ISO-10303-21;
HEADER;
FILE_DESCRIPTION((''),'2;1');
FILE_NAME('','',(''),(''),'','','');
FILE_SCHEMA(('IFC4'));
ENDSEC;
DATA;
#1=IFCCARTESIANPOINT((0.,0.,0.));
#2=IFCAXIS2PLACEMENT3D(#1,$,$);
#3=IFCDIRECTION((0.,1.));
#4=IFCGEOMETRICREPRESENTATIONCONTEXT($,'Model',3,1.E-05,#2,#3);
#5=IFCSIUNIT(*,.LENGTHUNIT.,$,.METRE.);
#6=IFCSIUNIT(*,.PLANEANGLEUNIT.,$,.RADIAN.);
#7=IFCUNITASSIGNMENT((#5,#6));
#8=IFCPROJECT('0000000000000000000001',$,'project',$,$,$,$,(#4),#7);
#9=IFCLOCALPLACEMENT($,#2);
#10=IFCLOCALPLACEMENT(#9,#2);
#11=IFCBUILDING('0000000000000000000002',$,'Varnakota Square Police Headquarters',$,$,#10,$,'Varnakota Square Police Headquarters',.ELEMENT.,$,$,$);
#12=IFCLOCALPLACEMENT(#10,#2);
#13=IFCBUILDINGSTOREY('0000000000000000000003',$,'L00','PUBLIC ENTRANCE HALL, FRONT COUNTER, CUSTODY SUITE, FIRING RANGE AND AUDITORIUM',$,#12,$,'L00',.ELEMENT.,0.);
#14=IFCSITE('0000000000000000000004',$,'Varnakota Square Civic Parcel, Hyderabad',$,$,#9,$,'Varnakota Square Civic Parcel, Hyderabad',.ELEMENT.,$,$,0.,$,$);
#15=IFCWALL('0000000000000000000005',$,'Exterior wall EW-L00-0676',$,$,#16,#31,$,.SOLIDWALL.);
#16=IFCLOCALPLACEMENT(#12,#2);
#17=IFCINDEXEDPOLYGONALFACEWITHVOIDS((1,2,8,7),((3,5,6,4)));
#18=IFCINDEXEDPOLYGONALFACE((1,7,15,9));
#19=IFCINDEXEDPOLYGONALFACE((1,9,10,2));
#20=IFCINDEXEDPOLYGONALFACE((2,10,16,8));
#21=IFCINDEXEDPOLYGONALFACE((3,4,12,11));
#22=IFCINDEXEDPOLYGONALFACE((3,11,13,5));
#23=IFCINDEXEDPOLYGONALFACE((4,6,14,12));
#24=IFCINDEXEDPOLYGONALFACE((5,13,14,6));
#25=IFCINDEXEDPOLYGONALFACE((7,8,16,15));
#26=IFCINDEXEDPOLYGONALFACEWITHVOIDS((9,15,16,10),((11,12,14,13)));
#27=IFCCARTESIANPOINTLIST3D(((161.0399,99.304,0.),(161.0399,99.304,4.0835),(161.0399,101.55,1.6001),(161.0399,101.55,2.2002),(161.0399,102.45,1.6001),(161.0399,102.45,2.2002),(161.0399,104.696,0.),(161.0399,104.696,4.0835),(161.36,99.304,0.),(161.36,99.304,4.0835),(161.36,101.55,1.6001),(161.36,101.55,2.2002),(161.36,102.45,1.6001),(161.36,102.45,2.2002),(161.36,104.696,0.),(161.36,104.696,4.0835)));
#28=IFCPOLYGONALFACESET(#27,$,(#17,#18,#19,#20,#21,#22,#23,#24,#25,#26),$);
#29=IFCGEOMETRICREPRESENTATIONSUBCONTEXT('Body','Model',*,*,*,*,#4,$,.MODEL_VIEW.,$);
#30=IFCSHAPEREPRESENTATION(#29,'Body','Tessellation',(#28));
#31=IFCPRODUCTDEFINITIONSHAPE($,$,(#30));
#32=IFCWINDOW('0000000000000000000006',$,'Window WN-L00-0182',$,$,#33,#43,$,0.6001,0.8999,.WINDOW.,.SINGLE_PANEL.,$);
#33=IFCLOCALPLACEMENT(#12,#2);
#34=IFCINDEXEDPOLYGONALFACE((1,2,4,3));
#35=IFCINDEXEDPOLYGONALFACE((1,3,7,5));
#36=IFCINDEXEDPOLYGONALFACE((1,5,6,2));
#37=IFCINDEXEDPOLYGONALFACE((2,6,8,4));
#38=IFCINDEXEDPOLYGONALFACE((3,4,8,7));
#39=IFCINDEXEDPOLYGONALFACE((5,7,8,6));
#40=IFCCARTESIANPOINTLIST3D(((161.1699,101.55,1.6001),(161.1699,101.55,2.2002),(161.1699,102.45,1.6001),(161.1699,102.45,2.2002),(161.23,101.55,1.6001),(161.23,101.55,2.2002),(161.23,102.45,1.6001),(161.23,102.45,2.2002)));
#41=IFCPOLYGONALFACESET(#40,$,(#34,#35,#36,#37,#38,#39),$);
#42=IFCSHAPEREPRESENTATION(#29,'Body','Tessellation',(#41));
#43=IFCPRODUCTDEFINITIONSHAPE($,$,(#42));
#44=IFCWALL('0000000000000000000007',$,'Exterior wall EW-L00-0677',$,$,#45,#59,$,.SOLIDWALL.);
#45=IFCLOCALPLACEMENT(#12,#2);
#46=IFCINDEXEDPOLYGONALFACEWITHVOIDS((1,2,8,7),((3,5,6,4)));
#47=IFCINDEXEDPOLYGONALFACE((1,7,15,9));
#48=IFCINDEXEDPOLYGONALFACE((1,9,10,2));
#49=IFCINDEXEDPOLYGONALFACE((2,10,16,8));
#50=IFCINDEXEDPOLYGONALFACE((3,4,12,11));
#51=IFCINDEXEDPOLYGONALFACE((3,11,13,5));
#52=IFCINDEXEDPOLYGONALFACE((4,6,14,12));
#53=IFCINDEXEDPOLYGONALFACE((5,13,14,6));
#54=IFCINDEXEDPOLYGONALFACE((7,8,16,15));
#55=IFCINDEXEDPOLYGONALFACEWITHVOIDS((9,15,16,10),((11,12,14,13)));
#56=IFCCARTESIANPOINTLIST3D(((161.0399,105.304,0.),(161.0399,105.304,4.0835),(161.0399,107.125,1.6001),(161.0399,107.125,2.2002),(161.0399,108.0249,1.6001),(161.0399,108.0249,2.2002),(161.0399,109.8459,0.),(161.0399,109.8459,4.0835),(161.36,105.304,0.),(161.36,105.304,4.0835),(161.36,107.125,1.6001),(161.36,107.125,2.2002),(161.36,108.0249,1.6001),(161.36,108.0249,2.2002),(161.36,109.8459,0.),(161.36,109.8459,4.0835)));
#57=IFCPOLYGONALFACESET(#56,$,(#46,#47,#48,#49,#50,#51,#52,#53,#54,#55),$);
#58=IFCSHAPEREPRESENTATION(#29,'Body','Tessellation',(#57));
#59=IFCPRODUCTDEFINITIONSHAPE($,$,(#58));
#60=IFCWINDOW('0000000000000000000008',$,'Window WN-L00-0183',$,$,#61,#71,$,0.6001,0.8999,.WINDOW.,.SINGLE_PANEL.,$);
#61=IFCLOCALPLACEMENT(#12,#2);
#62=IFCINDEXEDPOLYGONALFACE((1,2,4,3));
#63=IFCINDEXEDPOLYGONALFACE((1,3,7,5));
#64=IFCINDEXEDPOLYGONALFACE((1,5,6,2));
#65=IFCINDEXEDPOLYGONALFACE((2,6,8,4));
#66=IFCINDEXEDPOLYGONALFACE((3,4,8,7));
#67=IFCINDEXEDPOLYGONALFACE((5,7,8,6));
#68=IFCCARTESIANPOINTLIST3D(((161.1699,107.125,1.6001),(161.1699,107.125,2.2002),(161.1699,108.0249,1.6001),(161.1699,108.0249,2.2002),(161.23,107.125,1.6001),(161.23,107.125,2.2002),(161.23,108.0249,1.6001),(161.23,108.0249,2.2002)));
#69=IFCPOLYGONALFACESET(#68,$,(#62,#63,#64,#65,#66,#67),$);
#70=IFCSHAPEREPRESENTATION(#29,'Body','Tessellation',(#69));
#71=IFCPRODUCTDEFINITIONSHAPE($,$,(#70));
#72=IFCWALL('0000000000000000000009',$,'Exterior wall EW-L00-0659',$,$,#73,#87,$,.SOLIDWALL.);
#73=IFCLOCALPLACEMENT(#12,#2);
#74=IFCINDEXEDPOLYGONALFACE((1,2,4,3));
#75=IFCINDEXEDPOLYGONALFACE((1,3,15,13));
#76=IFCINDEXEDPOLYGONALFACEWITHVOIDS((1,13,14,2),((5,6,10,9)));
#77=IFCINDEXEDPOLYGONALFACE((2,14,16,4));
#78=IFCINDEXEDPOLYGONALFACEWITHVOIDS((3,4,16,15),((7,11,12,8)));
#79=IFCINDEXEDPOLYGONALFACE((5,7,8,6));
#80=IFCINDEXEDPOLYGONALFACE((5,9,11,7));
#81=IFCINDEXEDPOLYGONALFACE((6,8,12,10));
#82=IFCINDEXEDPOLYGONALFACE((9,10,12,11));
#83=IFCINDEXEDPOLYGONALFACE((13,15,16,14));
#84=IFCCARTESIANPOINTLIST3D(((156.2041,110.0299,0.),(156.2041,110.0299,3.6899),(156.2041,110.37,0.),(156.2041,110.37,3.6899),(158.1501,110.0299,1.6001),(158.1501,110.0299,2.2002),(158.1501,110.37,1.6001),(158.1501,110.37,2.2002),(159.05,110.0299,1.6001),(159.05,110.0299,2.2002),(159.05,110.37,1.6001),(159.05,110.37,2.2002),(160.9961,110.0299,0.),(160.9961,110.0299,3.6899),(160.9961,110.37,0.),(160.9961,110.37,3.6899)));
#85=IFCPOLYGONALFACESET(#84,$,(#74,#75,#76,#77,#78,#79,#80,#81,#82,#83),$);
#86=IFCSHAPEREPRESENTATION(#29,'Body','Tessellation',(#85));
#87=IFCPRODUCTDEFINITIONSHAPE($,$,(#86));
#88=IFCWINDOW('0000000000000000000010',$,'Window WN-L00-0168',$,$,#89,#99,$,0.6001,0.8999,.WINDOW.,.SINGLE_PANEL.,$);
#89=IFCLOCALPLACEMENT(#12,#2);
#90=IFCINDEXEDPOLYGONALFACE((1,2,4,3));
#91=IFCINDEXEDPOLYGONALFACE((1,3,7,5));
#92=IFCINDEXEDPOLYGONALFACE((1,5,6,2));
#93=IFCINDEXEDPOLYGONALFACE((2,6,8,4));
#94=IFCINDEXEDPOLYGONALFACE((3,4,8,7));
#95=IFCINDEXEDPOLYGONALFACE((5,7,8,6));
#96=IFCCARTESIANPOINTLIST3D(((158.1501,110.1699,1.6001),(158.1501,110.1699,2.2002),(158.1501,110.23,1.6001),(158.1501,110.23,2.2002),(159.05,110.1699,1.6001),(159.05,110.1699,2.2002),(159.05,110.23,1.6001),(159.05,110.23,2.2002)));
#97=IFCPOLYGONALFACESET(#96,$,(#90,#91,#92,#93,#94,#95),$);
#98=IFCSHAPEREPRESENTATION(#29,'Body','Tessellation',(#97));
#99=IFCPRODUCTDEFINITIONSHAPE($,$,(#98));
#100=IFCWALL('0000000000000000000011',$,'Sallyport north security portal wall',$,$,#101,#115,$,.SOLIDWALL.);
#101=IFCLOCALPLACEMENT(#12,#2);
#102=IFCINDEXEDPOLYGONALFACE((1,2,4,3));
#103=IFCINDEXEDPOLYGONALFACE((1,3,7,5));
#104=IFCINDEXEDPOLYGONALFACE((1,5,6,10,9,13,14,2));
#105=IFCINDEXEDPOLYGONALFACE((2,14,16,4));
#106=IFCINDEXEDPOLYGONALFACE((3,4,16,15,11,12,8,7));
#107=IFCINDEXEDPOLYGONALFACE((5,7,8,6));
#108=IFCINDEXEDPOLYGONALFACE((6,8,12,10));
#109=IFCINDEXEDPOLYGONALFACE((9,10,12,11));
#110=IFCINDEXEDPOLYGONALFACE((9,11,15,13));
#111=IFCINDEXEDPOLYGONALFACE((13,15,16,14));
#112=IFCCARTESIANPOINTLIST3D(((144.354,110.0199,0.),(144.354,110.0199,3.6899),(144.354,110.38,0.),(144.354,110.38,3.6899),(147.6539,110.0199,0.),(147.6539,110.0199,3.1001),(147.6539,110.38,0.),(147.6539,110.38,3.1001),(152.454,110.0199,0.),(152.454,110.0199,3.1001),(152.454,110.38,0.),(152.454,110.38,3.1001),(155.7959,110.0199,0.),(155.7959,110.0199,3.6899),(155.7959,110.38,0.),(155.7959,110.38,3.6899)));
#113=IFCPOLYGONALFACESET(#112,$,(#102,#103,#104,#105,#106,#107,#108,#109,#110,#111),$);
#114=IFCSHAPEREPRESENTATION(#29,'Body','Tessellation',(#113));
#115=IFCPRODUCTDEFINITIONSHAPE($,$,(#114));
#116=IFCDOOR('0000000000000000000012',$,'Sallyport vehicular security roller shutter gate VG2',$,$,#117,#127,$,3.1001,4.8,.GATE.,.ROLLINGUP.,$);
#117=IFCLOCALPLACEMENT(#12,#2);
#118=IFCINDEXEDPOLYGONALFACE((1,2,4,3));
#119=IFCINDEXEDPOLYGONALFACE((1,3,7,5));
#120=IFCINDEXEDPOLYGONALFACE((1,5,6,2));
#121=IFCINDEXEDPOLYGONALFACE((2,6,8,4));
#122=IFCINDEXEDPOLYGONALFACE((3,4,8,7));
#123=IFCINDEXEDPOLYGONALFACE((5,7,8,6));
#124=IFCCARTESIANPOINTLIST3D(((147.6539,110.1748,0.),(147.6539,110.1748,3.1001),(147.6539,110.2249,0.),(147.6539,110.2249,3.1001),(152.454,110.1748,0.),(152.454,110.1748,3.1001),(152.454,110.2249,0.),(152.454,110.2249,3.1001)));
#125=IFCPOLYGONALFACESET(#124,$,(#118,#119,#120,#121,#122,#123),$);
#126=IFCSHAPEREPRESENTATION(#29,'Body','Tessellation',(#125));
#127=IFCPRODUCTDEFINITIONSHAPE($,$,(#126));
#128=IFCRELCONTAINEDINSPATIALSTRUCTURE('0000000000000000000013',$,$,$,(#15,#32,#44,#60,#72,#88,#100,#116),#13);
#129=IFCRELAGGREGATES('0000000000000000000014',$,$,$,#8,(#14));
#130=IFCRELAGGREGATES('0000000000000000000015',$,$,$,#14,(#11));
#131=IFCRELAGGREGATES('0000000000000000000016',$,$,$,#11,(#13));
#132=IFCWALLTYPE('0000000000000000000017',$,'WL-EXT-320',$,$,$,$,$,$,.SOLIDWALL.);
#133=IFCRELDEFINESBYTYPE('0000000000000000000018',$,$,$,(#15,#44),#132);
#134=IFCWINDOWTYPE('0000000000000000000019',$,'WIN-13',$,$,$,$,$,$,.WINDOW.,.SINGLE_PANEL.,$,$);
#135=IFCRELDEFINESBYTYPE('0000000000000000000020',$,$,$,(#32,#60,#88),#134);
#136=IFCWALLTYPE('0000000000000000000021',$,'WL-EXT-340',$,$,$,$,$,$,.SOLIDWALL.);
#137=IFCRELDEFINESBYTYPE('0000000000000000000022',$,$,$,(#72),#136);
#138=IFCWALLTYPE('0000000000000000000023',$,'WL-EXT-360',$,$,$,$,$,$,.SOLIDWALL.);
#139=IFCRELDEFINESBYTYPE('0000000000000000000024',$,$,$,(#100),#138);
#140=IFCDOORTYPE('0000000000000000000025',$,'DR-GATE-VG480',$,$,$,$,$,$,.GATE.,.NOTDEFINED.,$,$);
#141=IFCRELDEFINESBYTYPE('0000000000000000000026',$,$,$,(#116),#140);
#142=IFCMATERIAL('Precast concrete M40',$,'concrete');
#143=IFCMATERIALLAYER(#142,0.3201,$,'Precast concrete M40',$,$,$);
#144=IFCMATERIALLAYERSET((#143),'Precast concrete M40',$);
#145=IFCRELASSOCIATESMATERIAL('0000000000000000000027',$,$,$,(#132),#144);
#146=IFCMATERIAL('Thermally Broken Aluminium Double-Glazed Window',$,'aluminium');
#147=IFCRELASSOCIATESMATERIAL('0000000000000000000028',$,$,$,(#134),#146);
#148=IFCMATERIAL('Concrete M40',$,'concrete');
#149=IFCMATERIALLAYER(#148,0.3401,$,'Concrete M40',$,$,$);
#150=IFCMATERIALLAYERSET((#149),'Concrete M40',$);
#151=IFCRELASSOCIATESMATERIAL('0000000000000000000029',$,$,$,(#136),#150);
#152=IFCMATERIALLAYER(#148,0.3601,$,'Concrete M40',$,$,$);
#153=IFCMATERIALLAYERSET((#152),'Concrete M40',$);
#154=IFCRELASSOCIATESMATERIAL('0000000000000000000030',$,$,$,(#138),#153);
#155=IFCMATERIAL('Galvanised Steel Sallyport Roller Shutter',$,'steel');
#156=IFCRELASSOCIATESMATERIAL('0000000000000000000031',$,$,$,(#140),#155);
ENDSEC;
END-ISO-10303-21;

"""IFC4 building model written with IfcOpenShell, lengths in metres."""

from ifc_helpers import new_model, si_unit, direction, frame, frame_2d, origin, place, context, subcontext, project, spatial, rectangle, extrude, material, layer, layer_set, type_object, element, fill, save


model = new_model("IFC4")

# Units and contexts
model_context = context("Model", 3, precision=1e-05, world=origin(), true_north=direction((0.0, 1.0)))
body_context = subcontext(model_context, "Body", "Model", "MODEL_VIEW")
ifc_project = project(units=[si_unit("LENGTHUNIT", "METRE"), si_unit("PLANEANGLEUNIT", "RADIAN")], contexts=[model_context])

# Site, building, storey
site_placement = place(None, origin())
site = spatial("IfcSite", under=ifc_project, at=site_placement, Name="Varnakota Square Civic Parcel, Hyderabad", LongName="Varnakota Square Civic Parcel, Hyderabad", CompositionType="ELEMENT", RefElevation=0.0)
building_placement = place(site_placement, origin())
building = spatial("IfcBuilding", under=site, at=building_placement, Name="Varnakota Square Police Headquarters", LongName="Varnakota Square Police Headquarters", CompositionType="ELEMENT")
storey_placement = place(building_placement, origin())
storey = spatial("IfcBuildingStorey", under=building, at=storey_placement, Name="L00", Description="PUBLIC ENTRANCE HALL, FRONT COUNTER, CUSTODY SUITE, FIRING RANGE AND AUDITORIUM", LongName="L00", CompositionType="ELEMENT", Elevation=0.0)

# Shared definitions
ifc_material_1 = material(Name="Concrete M40", Category="concrete")

# Walls, openings, windows
ifc_material_2 = material(Name="Precast concrete M40", Category="concrete")
ifc_layer_1 = layer(ifc_material_2, 0.3201, Name="Precast concrete M40")
ifc_layer_set_1 = layer_set([ifc_layer_1], Name="Precast concrete M40")
wall_type_1 = type_object("IfcWallType", Name="WL-EXT-320", PredefinedType="SOLIDWALL", material=ifc_layer_set_1)
ifc_material_3 = material(Name="Thermally Broken Aluminium Double-Glazed Window", Category="aluminium")
window_type = type_object("IfcWindowType", Name="WIN-13", PartitioningType="SINGLE_PANEL", PredefinedType="WINDOW", material=ifc_material_3)
wall_1_placement = place(storey_placement, frame((161.2, 99.304, 0.0), z_axis=(0.0, 0.0, 1.0), x_axis=(0.0, 1.0, 0.0)))
wall_1 = element("IfcWall", 1, at=wall_1_placement, inside=storey, type_object=wall_type_1, Name="Exterior wall EW-L00-0676", PredefinedType="SOLIDWALL", context=body_context, shape_type="SweptSolid", body=[
    extrude(rectangle(XDim=5.3921, YDim=0.3201, at=frame_2d((2.696, 0.0))), origin(), (0.0, 0.0, 1.0), 4.0835),
])
opening_1_placement = place(wall_1_placement, frame((2.2461, 0.0, 1.6001)))
opening_1 = element("IfcOpeningElement", 2, at=opening_1_placement, cuts=wall_1, PredefinedType="OPENING", context=body_context, shape_type="SweptSolid", body=[
    extrude(rectangle(XDim=0.8999, YDim=0.6001, at=frame_2d((0.45, 0.3))), frame((0.0, 0.1699, 0.0), z_axis=(0.0, -1.0, 0.0), x_axis=(1.0, 0.0, 0.0)), (0.0, 0.0, 1.0), 0.3401),
])
window_1_placement = place(opening_1_placement, origin())
window_1 = element("IfcWindow", 3, at=window_1_placement, inside=storey, type_object=window_type, Name="Window WN-L00-0182", OverallHeight=0.6001, OverallWidth=0.8999, PartitioningType="SINGLE_PANEL", PredefinedType="WINDOW", context=body_context, shape_type="SweptSolid", body=[
    extrude(rectangle(XDim=0.8999, YDim=0.6001, at=frame_2d((0.45, 0.3))), frame((0.0, 0.03, 0.0), z_axis=(0.0, -1.0, 0.0), x_axis=(1.0, 0.0, 0.0)), (0.0, 0.0, 1.0), 0.0601),
])
fill(opening_1, window_1)
wall_2_placement = place(storey_placement, frame((161.2, 105.304, 0.0), z_axis=(0.0, 0.0, 1.0), x_axis=(0.0, 1.0, 0.0)))
wall_2 = element("IfcWall", 4, at=wall_2_placement, inside=storey, type_object=wall_type_1, Name="Exterior wall EW-L00-0677", PredefinedType="SOLIDWALL", context=body_context, shape_type="SweptSolid", body=[
    extrude(rectangle(XDim=4.542, YDim=0.3201, at=frame_2d((2.271, 0.0))), origin(), (0.0, 0.0, 1.0), 4.0835),
])
opening_2_placement = place(wall_2_placement, frame((1.821, 0.0, 1.6001)))
opening_2 = element("IfcOpeningElement", 5, at=opening_2_placement, cuts=wall_2, PredefinedType="OPENING", context=body_context, shape_type="SweptSolid", body=[
    extrude(rectangle(XDim=0.8999, YDim=0.6001, at=frame_2d((0.45, 0.3))), frame((0.0, 0.1699, 0.0), z_axis=(0.0, -1.0, 0.0), x_axis=(1.0, 0.0, 0.0)), (0.0, 0.0, 1.0), 0.3401),
])
window_2_placement = place(opening_2_placement, origin())
window_2 = element("IfcWindow", 6, at=window_2_placement, inside=storey, type_object=window_type, Name="Window WN-L00-0183", OverallHeight=0.6001, OverallWidth=0.8999, PartitioningType="SINGLE_PANEL", PredefinedType="WINDOW", context=body_context, shape_type="SweptSolid", body=[
    extrude(rectangle(XDim=0.8999, YDim=0.6001, at=frame_2d((0.45, 0.3))), frame((0.0, 0.03, 0.0), z_axis=(0.0, -1.0, 0.0), x_axis=(1.0, 0.0, 0.0)), (0.0, 0.0, 1.0), 0.0601),
])
fill(opening_2, window_2)
ifc_layer_2 = layer(ifc_material_1, 0.3401, Name="Concrete M40")
ifc_layer_set_2 = layer_set([ifc_layer_2], Name="Concrete M40")
wall_type_2 = type_object("IfcWallType", Name="WL-EXT-340", PredefinedType="SOLIDWALL", material=ifc_layer_set_2)
wall_3_placement = place(storey_placement, frame((156.2041, 110.2, 0.0), z_axis=(0.0, 0.0, 1.0), x_axis=(1.0, 0.0, 0.0)))
wall_3 = element("IfcWall", 7, at=wall_3_placement, inside=storey, type_object=wall_type_2, Name="Exterior wall EW-L00-0659", PredefinedType="SOLIDWALL", context=body_context, shape_type="SweptSolid", body=[
    extrude(rectangle(XDim=4.792, YDim=0.3401, at=frame_2d((2.396, 0.0))), origin(), (0.0, 0.0, 1.0), 3.6899),
])
opening_3_placement = place(wall_3_placement, frame((1.946, 0.0, 1.6001)))
opening_3 = element("IfcOpeningElement", 8, at=opening_3_placement, cuts=wall_3, PredefinedType="OPENING", context=body_context, shape_type="SweptSolid", body=[
    extrude(rectangle(XDim=0.8999, YDim=0.6001, at=frame_2d((0.45, 0.3))), frame((0.0, 0.1799, 0.0), z_axis=(0.0, -1.0, 0.0), x_axis=(1.0, 0.0, 0.0)), (0.0, 0.0, 1.0), 0.3601),
])
window_3_placement = place(opening_3_placement, origin())
window_3 = element("IfcWindow", 9, at=window_3_placement, inside=storey, type_object=window_type, Name="Window WN-L00-0168", OverallHeight=0.6001, OverallWidth=0.8999, PartitioningType="SINGLE_PANEL", PredefinedType="WINDOW", context=body_context, shape_type="SweptSolid", body=[
    extrude(rectangle(XDim=0.8999, YDim=0.6001, at=frame_2d((0.45, 0.3))), frame((0.0, 0.03, 0.0), z_axis=(0.0, -1.0, 0.0), x_axis=(1.0, 0.0, 0.0)), (0.0, 0.0, 1.0), 0.0601),
])
fill(opening_3, window_3)

# Wall, opening, door
ifc_layer_3 = layer(ifc_material_1, 0.3601, Name="Concrete M40")
ifc_layer_set_3 = layer_set([ifc_layer_3], Name="Concrete M40")
wall_type_3 = type_object("IfcWallType", Name="WL-EXT-360", PredefinedType="SOLIDWALL", material=ifc_layer_set_3)
wall_4_placement = place(storey_placement, frame((144.354, 110.2, 0.0), z_axis=(0.0, 0.0, 1.0), x_axis=(1.0, 0.0, 0.0)))
wall_4 = element("IfcWall", 10, at=wall_4_placement, inside=storey, type_object=wall_type_3, Name="Sallyport north security portal wall", PredefinedType="SOLIDWALL", context=body_context, shape_type="SweptSolid", body=[
    extrude(rectangle(XDim=11.4419, YDim=0.3601, at=frame_2d((5.7209, 0.0))), origin(), (0.0, 0.0, 1.0), 3.6899),
])
opening_4_placement = place(wall_4_placement, frame((3.3, 0.0, 0.0)))
opening_4 = element("IfcOpeningElement", 11, at=opening_4_placement, cuts=wall_4, PredefinedType="OPENING", context=body_context, shape_type="SweptSolid", body=[
    extrude(rectangle(XDim=4.8, YDim=3.1001, at=frame_2d((2.3999, 1.55))), frame((0.0, 0.1899, 0.0), z_axis=(0.0, -1.0, 0.0), x_axis=(1.0, 0.0, 0.0)), (0.0, 0.0, 1.0), 0.3801),
])
ifc_material_4 = material(Name="Galvanised Steel Sallyport Roller Shutter", Category="steel")
door_type = type_object("IfcDoorType", Name="DR-GATE-VG480", OperationType="NOTDEFINED", PredefinedType="GATE", material=ifc_material_4)
door_placement = place(opening_4_placement, origin())
door = element("IfcDoor", 12, at=door_placement, inside=storey, type_object=door_type, Name="Sallyport vehicular security roller shutter gate VG2", OperationType="ROLLINGUP", OverallHeight=3.1001, OverallWidth=4.8, PredefinedType="GATE", context=body_context, shape_type="SweptSolid", body=[
    extrude(rectangle(XDim=4.8, YDim=3.1001, at=frame_2d((2.3999, 1.55))), frame((0.0, 0.0249, 0.0), z_axis=(0.0, -1.0, 0.0), x_axis=(1.0, 0.0, 0.0)), (0.0, 0.0, 1.0), 0.05),
])
fill(opening_4, door)

save(model, "model.ifc")
